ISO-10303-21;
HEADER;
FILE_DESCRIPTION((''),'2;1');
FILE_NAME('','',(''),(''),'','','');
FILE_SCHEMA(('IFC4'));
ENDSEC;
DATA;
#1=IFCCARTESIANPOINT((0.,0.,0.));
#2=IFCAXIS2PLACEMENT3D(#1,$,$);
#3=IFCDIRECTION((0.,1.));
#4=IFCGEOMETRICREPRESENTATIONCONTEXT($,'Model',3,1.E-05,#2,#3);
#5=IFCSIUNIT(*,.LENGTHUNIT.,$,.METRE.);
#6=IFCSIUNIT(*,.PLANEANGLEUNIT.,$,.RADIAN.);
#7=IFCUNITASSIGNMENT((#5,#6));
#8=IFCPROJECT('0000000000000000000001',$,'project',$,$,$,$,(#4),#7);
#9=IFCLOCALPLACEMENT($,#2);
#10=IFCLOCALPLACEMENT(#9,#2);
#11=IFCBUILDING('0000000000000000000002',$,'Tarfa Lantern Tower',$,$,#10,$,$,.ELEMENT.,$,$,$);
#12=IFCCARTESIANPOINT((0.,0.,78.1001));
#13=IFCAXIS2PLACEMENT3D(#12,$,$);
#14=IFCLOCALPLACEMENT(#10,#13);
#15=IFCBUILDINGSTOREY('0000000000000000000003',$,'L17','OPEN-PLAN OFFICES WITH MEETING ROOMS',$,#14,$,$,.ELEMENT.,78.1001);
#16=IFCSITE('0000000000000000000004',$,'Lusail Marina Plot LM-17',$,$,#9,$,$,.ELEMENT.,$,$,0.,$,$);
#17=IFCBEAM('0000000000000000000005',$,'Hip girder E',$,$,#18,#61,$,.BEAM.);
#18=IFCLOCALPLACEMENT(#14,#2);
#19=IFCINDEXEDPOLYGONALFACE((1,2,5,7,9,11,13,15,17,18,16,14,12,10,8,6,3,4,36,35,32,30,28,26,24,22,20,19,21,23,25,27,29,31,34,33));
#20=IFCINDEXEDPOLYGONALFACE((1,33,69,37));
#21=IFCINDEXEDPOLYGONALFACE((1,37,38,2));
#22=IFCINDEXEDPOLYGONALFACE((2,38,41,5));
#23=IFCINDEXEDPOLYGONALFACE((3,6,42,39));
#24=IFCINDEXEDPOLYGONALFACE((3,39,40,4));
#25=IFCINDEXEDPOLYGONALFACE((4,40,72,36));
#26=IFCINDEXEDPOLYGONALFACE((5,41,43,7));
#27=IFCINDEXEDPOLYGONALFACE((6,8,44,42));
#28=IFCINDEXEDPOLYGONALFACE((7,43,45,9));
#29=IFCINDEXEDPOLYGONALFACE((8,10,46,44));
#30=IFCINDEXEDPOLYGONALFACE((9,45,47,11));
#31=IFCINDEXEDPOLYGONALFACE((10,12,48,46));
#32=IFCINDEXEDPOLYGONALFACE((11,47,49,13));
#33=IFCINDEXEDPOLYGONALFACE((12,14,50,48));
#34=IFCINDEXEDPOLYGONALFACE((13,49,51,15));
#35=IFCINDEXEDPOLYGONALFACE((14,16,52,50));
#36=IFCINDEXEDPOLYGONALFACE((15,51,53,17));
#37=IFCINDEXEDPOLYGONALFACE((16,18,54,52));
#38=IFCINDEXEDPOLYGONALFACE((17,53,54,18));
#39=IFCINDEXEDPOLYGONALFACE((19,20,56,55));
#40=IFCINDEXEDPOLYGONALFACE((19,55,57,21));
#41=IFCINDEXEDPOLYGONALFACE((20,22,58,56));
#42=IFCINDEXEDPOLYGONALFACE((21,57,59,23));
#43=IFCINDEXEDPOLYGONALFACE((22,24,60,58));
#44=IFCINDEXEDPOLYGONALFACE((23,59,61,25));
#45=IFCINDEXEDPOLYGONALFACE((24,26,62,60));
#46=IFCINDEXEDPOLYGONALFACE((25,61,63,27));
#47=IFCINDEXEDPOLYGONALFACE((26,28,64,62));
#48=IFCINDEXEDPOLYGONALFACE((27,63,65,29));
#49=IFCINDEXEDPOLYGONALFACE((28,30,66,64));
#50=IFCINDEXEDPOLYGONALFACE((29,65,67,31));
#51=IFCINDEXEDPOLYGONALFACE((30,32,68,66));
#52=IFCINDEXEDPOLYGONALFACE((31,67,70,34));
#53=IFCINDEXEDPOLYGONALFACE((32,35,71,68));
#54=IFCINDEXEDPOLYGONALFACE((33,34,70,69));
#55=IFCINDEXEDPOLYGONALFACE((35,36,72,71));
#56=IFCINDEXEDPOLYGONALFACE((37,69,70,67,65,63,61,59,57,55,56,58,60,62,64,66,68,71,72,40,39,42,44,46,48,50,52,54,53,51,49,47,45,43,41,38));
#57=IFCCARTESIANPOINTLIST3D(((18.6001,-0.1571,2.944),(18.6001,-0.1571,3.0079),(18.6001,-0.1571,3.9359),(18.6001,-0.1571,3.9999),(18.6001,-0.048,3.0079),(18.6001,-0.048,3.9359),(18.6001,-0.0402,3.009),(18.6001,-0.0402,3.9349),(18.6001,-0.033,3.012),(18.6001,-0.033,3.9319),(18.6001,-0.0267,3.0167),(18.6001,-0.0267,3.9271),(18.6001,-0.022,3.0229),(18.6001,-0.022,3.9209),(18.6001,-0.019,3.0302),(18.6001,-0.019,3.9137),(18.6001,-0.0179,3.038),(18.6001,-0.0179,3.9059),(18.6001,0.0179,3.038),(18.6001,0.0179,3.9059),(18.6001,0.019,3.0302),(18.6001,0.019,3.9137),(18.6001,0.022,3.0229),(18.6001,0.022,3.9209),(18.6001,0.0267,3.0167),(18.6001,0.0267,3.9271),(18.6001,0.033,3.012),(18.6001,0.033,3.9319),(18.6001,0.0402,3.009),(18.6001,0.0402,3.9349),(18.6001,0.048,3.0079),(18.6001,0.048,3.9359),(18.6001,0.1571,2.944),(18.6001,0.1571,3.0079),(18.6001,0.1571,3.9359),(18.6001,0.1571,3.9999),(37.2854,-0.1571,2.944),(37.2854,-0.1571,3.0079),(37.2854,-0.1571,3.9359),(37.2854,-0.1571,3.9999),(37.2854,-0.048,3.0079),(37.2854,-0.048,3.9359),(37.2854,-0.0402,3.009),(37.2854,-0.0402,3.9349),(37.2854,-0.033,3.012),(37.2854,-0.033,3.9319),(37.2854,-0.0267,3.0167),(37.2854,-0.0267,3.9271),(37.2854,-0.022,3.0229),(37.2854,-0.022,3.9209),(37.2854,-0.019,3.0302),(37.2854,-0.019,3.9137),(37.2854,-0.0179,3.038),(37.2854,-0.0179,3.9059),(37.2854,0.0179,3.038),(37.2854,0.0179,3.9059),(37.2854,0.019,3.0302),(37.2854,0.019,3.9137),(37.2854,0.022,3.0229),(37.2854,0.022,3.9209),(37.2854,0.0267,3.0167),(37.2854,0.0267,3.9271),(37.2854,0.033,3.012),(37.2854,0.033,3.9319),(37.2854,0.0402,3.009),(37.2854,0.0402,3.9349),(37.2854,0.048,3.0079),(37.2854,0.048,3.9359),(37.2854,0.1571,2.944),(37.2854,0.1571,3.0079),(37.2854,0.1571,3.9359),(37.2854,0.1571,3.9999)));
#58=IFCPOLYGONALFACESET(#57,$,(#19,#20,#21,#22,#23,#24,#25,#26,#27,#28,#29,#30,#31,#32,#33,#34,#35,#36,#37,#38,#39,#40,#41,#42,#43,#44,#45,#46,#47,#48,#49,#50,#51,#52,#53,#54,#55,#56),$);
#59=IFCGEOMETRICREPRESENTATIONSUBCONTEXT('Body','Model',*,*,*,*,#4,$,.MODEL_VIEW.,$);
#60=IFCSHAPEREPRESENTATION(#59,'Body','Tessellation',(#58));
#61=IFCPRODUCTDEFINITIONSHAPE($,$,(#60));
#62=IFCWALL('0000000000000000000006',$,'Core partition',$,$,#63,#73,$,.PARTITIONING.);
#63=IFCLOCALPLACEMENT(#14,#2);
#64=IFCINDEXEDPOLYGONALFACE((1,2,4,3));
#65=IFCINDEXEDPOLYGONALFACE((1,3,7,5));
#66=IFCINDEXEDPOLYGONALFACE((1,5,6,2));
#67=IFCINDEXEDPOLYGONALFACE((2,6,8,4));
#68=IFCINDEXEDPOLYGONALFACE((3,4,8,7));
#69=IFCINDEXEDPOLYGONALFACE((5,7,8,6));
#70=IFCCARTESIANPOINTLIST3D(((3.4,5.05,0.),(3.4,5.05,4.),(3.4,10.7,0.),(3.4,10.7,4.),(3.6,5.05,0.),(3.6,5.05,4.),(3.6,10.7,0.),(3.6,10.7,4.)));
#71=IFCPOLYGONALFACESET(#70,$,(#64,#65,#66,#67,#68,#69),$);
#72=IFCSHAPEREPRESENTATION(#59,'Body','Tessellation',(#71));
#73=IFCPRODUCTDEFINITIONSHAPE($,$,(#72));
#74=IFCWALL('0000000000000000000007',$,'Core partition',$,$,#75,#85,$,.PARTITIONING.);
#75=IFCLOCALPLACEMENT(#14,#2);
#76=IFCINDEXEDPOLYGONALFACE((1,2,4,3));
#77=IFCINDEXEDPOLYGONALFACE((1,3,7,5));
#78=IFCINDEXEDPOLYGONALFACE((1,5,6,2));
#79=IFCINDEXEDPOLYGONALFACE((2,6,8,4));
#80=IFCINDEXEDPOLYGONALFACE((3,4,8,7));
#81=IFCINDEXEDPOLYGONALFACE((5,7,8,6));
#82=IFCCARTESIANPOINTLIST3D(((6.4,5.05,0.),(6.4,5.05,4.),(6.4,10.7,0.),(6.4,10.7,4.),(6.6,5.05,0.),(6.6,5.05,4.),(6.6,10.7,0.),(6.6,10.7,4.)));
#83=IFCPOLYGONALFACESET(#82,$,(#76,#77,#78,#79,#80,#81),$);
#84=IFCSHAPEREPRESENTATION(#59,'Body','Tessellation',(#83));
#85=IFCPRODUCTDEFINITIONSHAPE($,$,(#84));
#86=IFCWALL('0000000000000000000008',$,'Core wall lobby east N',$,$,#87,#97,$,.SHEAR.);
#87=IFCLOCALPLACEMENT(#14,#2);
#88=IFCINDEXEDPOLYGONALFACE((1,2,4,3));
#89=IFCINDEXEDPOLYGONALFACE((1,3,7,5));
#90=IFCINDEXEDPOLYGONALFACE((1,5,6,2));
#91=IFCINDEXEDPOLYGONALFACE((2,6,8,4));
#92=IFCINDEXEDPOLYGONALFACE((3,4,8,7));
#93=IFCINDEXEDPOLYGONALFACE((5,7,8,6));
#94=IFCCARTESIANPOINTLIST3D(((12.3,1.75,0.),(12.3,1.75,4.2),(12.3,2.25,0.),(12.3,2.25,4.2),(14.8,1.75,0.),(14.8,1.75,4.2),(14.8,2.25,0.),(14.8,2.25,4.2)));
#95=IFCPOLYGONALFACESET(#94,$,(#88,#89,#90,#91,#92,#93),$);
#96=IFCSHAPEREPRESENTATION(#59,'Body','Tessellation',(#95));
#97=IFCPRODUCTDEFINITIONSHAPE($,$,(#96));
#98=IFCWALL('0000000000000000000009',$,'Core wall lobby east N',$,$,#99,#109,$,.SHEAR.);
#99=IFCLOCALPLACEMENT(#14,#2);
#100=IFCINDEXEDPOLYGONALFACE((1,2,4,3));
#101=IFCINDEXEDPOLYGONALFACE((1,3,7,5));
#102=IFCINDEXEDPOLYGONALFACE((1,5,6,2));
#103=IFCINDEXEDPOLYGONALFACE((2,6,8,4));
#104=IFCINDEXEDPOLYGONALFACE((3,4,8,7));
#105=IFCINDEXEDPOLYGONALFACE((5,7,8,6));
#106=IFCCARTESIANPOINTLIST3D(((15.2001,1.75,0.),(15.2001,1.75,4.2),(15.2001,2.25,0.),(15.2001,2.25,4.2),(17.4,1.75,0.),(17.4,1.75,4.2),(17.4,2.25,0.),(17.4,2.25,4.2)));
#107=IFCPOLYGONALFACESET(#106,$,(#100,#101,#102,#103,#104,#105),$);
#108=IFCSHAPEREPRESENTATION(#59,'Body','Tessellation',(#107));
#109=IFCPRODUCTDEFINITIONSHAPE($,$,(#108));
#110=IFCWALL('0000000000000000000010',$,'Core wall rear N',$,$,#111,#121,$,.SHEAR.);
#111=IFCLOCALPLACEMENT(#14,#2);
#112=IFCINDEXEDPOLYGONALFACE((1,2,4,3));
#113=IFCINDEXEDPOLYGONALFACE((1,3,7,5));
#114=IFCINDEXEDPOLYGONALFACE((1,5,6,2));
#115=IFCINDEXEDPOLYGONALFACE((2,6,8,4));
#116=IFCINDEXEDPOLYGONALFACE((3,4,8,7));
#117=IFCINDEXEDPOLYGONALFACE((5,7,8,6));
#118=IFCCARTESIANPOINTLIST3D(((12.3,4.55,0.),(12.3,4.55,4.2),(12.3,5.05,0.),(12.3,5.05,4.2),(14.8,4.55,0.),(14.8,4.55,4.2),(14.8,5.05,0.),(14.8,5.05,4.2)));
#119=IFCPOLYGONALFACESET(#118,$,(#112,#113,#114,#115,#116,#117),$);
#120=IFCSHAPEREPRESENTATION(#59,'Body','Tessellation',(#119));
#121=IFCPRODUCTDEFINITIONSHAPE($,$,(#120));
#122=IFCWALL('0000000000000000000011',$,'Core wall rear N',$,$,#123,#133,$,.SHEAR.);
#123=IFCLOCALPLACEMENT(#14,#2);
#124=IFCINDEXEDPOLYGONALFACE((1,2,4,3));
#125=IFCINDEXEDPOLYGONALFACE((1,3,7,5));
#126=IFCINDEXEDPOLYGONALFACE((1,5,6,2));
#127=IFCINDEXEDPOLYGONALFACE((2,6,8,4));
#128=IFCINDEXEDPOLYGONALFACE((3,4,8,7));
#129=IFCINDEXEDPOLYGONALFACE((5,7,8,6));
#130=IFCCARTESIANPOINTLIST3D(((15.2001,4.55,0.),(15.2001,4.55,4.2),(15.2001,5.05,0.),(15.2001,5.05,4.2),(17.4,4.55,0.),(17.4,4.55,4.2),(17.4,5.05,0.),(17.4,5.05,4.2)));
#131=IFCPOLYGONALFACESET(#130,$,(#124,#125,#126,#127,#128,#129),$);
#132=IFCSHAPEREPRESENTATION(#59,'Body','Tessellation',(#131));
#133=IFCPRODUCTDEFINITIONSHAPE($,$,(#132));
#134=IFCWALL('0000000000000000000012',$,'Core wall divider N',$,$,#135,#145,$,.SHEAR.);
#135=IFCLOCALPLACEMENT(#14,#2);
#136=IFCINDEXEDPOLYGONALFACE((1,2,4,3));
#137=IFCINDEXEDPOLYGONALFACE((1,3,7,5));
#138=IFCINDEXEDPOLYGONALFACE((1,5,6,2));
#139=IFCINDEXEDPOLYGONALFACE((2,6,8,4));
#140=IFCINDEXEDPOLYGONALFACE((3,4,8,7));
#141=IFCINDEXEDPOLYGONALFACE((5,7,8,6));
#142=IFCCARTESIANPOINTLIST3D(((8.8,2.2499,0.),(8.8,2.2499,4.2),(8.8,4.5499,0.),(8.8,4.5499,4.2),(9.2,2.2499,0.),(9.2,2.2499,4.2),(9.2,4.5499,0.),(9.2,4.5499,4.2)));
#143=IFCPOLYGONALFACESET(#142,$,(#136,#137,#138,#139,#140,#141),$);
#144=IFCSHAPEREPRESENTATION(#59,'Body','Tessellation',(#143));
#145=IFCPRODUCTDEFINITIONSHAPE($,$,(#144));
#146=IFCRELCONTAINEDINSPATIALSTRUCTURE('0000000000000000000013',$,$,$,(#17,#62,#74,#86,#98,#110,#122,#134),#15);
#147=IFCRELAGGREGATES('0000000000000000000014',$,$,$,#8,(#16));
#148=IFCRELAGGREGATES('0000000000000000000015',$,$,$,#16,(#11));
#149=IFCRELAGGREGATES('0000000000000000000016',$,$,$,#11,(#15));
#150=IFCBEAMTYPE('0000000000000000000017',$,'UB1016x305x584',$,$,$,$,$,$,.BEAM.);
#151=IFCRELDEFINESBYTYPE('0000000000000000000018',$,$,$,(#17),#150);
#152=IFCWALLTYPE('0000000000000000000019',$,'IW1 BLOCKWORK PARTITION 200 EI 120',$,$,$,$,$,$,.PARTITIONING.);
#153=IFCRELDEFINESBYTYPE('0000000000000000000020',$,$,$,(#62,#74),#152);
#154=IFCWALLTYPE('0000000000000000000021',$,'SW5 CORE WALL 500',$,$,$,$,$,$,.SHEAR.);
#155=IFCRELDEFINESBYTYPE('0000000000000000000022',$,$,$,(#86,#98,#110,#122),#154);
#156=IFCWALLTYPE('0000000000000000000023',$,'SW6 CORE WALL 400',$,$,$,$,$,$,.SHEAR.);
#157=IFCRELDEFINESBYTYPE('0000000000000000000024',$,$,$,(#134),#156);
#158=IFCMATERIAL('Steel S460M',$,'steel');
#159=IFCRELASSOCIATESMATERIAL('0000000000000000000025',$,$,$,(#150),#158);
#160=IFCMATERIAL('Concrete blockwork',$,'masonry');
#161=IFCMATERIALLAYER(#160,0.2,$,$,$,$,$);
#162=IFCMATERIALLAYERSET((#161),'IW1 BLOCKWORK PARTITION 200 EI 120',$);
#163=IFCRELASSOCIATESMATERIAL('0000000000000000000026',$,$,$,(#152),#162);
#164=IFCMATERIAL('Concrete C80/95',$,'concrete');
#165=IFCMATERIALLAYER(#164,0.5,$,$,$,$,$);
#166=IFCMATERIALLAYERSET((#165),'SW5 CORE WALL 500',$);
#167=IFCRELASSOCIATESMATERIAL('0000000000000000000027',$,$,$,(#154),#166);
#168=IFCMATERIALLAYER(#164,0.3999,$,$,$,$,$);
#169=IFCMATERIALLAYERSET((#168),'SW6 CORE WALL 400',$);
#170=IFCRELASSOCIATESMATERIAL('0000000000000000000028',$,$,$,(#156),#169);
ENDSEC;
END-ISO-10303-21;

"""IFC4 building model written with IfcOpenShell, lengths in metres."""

from ifc_helpers import new_model, si_unit, direction, frame, frame_2d, origin, origin_2d, place, context, subcontext, project, spatial, rectangle, i_section, extrude, material, layer, layer_set, material_profile, profile_set, type_object, element, save


model = new_model("IFC4")

# Units and contexts
model_context = context("Model", 3, precision=1e-05, world=origin(), true_north=direction((0.0, 1.0)))
body_context = subcontext(model_context, "Body", "Model", "MODEL_VIEW")
ifc_project = project(units=[si_unit("LENGTHUNIT", "METRE"), si_unit("PLANEANGLEUNIT", "RADIAN")], contexts=[model_context])

# Site, building, storey
site_placement = place(None, origin())
site = spatial("IfcSite", under=ifc_project, at=site_placement, Name="Lusail Marina Plot LM-17", CompositionType="ELEMENT", RefElevation=0.0)
building_placement = place(site_placement, origin())
building = spatial("IfcBuilding", under=site, at=building_placement, Name="Tarfa Lantern Tower", CompositionType="ELEMENT")
storey_placement = place(building_placement, frame((0.0, 0.0, 78.1001)))
storey = spatial("IfcBuildingStorey", under=building, at=storey_placement, Name="L17", Description="OPEN-PLAN OFFICES WITH MEETING ROOMS", CompositionType="ELEMENT", Elevation=78.1001)

# Beam
ifc_material_1 = material(Name="Steel S460M", Category="steel")
ifc_material_profile = material_profile(ifc_material_1, i_section(OverallWidth=0.3142, OverallDepth=1.0559, WebThickness=0.0359, FlangeThickness=0.064, FilletRadius=0.03, at=origin_2d()), Name="UB1016x305x584")
ifc_profile_set = profile_set([ifc_material_profile], Name="Steel S460M")
beam_type = type_object("IfcBeamType", Name="UB1016x305x584", PredefinedType="BEAM", material=ifc_profile_set)
beam_placement = place(storey_placement, frame((18.6001, 0.0, 3.4719), z_axis=(1.0, 0.0, 0.0), x_axis=(0.0, 1.0, 0.0)))
element("IfcBeam", 1, at=beam_placement, inside=storey, type_object=beam_type, Name="Hip girder E", PredefinedType="BEAM", context=body_context, shape_type="SweptSolid", body=[
    extrude(i_section(OverallWidth=0.3142, OverallDepth=1.0559, WebThickness=0.0359, FlangeThickness=0.064, FilletRadius=0.03, at=origin_2d()), origin(), (0.0, 0.0, 1.0), 18.6853),
])

# Walls
ifc_material_2 = material(Name="Concrete blockwork", Category="masonry")
ifc_layer_1 = layer(ifc_material_2, 0.2)
ifc_layer_set_1 = layer_set([ifc_layer_1], Name="IW1 BLOCKWORK PARTITION 200 EI 120")
wall_type_1 = type_object("IfcWallType", Name="IW1 BLOCKWORK PARTITION 200 EI 120", PredefinedType="PARTITIONING", material=ifc_layer_set_1)
for number, where, z_axis, x_axis, name in (
    (2, (3.5, 5.05, 0.0), (0.0, 0.0, 1.0), (0.0, 1.0, 0.0), "Core partition"),
    (3, (6.5, 5.05, 0.0), (0.0, 0.0, 1.0), (0.0, 1.0, 0.0), "Core partition"),
):
    element("IfcWall", number, at=place(storey_placement, frame(where, z_axis=z_axis, x_axis=x_axis)), inside=storey, type_object=wall_type_1, Name=name, PredefinedType="PARTITIONING", context=body_context, shape_type="SweptSolid", body=[
        extrude(rectangle(XDim=5.6499, YDim=0.2, at=frame_2d((2.825, 0.0))), origin(), (0.0, 0.0, 1.0), 4.0),
    ])
ifc_material_3 = material(Name="Concrete C80/95", Category="concrete")
ifc_layer_2 = layer(ifc_material_3, 0.5)
ifc_layer_set_2 = layer_set([ifc_layer_2], Name="SW5 CORE WALL 500")
wall_type_2 = type_object("IfcWallType", Name="SW5 CORE WALL 500", PredefinedType="SHEAR", material=ifc_layer_set_2)
wall_1_placement = place(storey_placement, frame((12.3, 2.0, 0.0), z_axis=(0.0, 0.0, 1.0), x_axis=(1.0, 0.0, 0.0)))
element("IfcWall", 4, at=wall_1_placement, inside=storey, type_object=wall_type_2, Name="Core wall lobby east N", PredefinedType="SHEAR", context=body_context, shape_type="SweptSolid", body=[
    extrude(rectangle(XDim=2.5, YDim=0.5, at=frame_2d((1.25, 0.0))), origin(), (0.0, 0.0, 1.0), 4.2),
])
wall_2_placement = place(storey_placement, frame((15.2, 2.0, 0.0), z_axis=(0.0, 0.0, 1.0), x_axis=(1.0, 0.0, 0.0)))
element("IfcWall", 5, at=wall_2_placement, inside=storey, type_object=wall_type_2, Name="Core wall lobby east N", PredefinedType="SHEAR", context=body_context, shape_type="SweptSolid", body=[
    extrude(rectangle(XDim=2.2, YDim=0.5, at=frame_2d((1.1001, 0.0))), origin(), (0.0, 0.0, 1.0), 4.2),
])
wall_3_placement = place(storey_placement, frame((12.3, 4.8, 0.0), z_axis=(0.0, 0.0, 1.0), x_axis=(1.0, 0.0, 0.0)))
element("IfcWall", 6, at=wall_3_placement, inside=storey, type_object=wall_type_2, Name="Core wall rear N", PredefinedType="SHEAR", context=body_context, shape_type="SweptSolid", body=[
    extrude(rectangle(XDim=2.5, YDim=0.5, at=frame_2d((1.25, 0.0))), origin(), (0.0, 0.0, 1.0), 4.2),
])
wall_4_placement = place(storey_placement, frame((15.2, 4.8, 0.0), z_axis=(0.0, 0.0, 1.0), x_axis=(1.0, 0.0, 0.0)))
element("IfcWall", 7, at=wall_4_placement, inside=storey, type_object=wall_type_2, Name="Core wall rear N", PredefinedType="SHEAR", context=body_context, shape_type="SweptSolid", body=[
    extrude(rectangle(XDim=2.2, YDim=0.5, at=frame_2d((1.1001, 0.0))), origin(), (0.0, 0.0, 1.0), 4.2),
])
ifc_layer_3 = layer(ifc_material_3, 0.3999)
ifc_layer_set_3 = layer_set([ifc_layer_3], Name="SW6 CORE WALL 400")
wall_type_3 = type_object("IfcWallType", Name="SW6 CORE WALL 400", PredefinedType="SHEAR", material=ifc_layer_set_3)
wall_5_placement = place(storey_placement, frame((9.0, 2.25, 0.0), z_axis=(0.0, 0.0, 1.0), x_axis=(0.0, 1.0, 0.0)))
element("IfcWall", 8, at=wall_5_placement, inside=storey, type_object=wall_type_3, Name="Core wall divider N", PredefinedType="SHEAR", context=body_context, shape_type="SweptSolid", body=[
    extrude(rectangle(XDim=2.3, YDim=0.3999, at=frame_2d((1.1499, 0.0))), origin(), (0.0, 0.0, 1.0), 4.2),
])

save(model, "model.ifc")
